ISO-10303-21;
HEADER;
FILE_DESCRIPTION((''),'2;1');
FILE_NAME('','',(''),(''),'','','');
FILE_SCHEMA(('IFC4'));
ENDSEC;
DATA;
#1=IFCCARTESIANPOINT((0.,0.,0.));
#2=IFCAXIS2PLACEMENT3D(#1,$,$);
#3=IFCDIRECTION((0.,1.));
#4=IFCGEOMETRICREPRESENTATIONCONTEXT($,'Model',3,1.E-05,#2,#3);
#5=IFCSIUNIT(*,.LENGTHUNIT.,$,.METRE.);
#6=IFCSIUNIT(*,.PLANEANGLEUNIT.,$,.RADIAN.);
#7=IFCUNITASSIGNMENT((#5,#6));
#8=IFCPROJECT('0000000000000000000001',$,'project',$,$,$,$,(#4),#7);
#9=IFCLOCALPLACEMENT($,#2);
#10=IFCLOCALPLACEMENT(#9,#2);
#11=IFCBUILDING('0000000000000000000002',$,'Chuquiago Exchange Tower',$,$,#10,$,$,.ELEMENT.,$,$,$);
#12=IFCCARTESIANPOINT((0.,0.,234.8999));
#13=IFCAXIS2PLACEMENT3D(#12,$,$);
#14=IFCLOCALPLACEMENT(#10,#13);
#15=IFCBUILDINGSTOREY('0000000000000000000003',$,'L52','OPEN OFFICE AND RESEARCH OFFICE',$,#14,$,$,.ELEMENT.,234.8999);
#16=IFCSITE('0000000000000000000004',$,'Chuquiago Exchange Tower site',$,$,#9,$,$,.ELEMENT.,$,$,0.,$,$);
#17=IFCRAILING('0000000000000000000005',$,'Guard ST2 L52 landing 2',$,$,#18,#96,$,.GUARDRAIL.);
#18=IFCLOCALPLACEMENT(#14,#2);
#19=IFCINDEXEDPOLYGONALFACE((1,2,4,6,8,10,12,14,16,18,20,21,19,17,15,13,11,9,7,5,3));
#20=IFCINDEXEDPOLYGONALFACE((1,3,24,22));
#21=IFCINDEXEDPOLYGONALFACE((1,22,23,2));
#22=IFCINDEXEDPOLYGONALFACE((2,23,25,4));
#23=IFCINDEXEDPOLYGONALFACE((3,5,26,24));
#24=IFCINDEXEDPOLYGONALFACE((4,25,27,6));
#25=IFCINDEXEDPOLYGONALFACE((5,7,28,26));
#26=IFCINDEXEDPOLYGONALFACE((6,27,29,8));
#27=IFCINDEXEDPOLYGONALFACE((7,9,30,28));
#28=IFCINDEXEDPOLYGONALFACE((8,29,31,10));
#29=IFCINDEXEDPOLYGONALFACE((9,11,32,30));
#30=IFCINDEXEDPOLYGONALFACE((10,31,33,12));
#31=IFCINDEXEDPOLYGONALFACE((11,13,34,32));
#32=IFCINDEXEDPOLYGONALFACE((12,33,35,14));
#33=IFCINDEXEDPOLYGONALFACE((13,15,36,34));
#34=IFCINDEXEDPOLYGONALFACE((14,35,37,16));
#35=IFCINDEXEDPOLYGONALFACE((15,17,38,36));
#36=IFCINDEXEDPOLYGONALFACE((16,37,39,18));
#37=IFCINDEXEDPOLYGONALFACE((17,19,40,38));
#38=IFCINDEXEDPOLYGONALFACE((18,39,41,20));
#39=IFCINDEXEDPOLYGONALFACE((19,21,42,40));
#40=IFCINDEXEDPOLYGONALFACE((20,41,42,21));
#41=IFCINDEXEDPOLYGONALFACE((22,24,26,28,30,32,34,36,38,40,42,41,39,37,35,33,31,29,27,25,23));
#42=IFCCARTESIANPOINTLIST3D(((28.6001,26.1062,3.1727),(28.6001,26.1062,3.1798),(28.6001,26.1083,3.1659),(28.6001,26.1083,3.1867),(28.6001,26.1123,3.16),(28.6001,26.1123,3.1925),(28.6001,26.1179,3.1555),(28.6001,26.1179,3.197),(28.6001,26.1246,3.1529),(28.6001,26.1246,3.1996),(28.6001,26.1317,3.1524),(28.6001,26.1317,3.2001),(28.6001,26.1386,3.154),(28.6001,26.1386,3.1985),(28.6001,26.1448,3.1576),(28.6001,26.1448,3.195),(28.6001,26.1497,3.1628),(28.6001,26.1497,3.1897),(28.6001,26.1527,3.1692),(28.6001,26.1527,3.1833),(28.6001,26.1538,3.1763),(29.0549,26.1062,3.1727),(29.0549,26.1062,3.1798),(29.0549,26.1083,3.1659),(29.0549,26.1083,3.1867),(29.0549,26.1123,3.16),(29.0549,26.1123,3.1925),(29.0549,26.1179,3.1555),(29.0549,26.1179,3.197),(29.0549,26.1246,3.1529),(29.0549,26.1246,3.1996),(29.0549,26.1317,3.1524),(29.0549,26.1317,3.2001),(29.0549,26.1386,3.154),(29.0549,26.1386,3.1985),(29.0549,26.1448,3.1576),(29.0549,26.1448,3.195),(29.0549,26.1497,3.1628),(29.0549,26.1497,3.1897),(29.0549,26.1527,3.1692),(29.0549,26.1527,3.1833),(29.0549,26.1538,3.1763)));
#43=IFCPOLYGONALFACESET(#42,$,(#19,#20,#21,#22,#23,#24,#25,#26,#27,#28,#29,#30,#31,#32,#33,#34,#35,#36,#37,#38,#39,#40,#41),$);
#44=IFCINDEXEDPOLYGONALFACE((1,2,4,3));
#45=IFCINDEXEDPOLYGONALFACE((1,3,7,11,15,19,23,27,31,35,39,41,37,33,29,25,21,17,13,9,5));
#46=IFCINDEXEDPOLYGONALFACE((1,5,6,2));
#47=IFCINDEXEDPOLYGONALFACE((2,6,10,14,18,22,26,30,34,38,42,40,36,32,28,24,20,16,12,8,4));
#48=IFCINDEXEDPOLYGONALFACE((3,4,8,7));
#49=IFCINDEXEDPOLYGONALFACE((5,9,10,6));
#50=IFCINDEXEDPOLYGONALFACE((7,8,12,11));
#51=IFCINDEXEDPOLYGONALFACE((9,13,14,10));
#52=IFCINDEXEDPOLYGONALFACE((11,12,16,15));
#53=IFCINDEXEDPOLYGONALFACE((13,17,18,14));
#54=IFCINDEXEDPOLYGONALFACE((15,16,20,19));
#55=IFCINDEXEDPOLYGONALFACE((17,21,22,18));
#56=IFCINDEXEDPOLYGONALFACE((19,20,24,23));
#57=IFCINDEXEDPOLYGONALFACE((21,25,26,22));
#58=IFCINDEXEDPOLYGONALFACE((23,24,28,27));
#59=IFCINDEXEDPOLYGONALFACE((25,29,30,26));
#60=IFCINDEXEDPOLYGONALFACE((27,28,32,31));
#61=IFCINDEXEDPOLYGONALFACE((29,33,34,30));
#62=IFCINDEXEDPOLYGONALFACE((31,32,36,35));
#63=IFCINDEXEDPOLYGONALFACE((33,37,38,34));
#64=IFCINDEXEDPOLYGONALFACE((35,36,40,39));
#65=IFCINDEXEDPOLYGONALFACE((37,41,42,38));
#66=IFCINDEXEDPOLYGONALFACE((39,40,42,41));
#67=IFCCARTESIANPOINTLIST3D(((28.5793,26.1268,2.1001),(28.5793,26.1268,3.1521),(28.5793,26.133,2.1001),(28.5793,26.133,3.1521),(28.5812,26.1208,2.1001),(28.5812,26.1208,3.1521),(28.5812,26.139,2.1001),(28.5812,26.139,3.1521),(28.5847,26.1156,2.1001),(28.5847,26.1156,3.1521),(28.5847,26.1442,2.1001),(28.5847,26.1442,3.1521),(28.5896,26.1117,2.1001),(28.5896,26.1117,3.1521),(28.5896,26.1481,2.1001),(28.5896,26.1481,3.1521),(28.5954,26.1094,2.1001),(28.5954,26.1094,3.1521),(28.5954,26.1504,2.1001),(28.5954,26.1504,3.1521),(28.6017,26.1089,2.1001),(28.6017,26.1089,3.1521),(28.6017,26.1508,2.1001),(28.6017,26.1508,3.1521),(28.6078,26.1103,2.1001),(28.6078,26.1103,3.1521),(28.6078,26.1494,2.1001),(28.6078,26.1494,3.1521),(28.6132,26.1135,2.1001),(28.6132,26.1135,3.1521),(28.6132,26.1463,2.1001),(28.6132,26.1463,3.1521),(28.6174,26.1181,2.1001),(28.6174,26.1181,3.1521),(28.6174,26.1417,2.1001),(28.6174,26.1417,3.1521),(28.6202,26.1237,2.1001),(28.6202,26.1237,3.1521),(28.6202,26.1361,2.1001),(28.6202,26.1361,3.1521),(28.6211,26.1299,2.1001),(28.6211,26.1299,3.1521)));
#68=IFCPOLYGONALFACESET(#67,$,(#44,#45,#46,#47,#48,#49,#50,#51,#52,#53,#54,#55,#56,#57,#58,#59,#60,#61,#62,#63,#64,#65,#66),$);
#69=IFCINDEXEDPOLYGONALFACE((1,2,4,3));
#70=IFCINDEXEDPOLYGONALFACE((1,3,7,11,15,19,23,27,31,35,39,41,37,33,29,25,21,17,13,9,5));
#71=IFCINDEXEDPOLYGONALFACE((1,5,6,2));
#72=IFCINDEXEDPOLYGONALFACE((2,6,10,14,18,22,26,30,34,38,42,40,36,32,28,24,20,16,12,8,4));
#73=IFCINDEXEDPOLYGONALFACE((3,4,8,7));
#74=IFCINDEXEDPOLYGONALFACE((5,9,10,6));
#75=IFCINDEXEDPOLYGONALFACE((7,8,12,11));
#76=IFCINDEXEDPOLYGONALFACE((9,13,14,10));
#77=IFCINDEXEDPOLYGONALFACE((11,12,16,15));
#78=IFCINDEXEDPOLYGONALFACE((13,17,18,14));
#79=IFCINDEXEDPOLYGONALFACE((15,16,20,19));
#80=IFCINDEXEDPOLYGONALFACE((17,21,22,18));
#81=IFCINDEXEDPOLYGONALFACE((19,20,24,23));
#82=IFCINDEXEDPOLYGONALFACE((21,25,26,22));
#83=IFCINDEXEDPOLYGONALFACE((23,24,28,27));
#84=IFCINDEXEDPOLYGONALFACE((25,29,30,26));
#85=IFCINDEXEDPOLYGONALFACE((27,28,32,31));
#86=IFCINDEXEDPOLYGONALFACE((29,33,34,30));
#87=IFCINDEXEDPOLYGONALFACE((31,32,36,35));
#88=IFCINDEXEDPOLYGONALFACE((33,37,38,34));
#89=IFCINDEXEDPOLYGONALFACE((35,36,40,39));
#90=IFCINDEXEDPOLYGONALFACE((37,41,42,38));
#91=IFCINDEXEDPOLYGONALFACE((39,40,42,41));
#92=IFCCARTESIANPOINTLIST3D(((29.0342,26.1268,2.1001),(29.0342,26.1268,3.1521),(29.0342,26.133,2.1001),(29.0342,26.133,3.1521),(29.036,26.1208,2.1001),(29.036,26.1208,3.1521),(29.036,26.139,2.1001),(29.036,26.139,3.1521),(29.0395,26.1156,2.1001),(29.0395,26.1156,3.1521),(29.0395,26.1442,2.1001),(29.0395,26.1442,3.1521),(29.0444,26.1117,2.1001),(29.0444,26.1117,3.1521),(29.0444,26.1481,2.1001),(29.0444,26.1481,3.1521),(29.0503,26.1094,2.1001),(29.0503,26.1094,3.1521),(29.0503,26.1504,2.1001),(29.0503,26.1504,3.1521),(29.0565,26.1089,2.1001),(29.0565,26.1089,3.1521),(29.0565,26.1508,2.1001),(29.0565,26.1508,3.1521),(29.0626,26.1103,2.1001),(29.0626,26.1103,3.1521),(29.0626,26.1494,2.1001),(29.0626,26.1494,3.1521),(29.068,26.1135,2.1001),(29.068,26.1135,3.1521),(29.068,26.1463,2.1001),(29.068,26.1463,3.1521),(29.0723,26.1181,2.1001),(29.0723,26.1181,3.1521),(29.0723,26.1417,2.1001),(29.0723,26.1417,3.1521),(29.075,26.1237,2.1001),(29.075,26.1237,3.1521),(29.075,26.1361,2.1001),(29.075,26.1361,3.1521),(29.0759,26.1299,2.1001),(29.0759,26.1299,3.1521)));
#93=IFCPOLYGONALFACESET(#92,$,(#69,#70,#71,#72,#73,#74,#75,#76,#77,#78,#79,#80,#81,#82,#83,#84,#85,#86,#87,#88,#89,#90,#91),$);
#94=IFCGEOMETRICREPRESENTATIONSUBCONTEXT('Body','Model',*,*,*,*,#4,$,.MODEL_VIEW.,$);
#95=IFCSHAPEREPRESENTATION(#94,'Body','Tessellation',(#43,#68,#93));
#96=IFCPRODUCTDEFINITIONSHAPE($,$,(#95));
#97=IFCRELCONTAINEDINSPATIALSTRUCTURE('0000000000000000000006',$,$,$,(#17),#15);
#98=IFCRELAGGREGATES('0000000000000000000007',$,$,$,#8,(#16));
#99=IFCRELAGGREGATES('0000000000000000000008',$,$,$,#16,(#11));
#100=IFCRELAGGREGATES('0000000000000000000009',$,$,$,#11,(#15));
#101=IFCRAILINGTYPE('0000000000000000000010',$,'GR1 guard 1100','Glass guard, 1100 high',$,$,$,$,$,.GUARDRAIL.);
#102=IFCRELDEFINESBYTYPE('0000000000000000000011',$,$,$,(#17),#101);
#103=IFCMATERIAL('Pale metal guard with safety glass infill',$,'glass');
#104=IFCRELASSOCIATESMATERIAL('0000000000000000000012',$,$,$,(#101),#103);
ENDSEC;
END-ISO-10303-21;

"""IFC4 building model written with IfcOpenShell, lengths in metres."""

from ifc_helpers import new_model, si_unit, direction, frame, origin, origin_2d, place, context, subcontext, project, spatial, circle, extrude, material, type_object, element, save


model = new_model("IFC4")

# Units and contexts
model_context = context("Model", 3, precision=1e-05, world=origin(), true_north=direction((0.0, 1.0)))
body_context = subcontext(model_context, "Body", "Model", "MODEL_VIEW")
ifc_project = project(units=[si_unit("LENGTHUNIT", "METRE"), si_unit("PLANEANGLEUNIT", "RADIAN")], contexts=[model_context])

# Site, building, storey
site_placement = place(None, origin())
site = spatial("IfcSite", under=ifc_project, at=site_placement, Name="Chuquiago Exchange Tower site", CompositionType="ELEMENT", RefElevation=0.0)
building_placement = place(site_placement, origin())
building = spatial("IfcBuilding", under=site, at=building_placement, Name="Chuquiago Exchange Tower", CompositionType="ELEMENT")
storey_placement = place(building_placement, frame((0.0, 0.0, 234.8999)))
storey = spatial("IfcBuildingStorey", under=building, at=storey_placement, Name="L52", Description="OPEN OFFICE AND RESEARCH OFFICE", CompositionType="ELEMENT", Elevation=234.8999)

# Railing
ifc_material_1 = material(Name="Pale metal guard with safety glass infill", Category="glass")
railing_type_1 = type_object("IfcRailingType", Name="GR1 guard 1100", Description="Glass guard, 1100 high", PredefinedType="GUARDRAIL", material=ifc_material_1)
railing_1_placement = place(storey_placement, frame((28.6001, 26.1299, 2.1001)))
element("IfcRailing", 1, at=railing_1_placement, inside=storey, type_object=railing_type_1, Name="Guard ST2 L52 landing 2", PredefinedType="GUARDRAIL", context=body_context, shape_type="SweptSolid", body=[
    extrude(circle(Radius=0.0239, at=origin_2d()), frame((0.0, 0.0, 1.0762), z_axis=(1.0, 0.0, 0.0), x_axis=(0.0, 1.0, 0.0)), (0.0, 0.0, 1.0), 0.4548),
    extrude(circle(Radius=0.021, at=origin_2d()), origin(), (0.0, 0.0, 1.0), 1.052),
    extrude(circle(Radius=0.021, at=origin_2d()), frame((0.4548, 0.0, 0.0)), (0.0, 0.0, 1.0), 1.052),
])

save(model, "model.ifc")
